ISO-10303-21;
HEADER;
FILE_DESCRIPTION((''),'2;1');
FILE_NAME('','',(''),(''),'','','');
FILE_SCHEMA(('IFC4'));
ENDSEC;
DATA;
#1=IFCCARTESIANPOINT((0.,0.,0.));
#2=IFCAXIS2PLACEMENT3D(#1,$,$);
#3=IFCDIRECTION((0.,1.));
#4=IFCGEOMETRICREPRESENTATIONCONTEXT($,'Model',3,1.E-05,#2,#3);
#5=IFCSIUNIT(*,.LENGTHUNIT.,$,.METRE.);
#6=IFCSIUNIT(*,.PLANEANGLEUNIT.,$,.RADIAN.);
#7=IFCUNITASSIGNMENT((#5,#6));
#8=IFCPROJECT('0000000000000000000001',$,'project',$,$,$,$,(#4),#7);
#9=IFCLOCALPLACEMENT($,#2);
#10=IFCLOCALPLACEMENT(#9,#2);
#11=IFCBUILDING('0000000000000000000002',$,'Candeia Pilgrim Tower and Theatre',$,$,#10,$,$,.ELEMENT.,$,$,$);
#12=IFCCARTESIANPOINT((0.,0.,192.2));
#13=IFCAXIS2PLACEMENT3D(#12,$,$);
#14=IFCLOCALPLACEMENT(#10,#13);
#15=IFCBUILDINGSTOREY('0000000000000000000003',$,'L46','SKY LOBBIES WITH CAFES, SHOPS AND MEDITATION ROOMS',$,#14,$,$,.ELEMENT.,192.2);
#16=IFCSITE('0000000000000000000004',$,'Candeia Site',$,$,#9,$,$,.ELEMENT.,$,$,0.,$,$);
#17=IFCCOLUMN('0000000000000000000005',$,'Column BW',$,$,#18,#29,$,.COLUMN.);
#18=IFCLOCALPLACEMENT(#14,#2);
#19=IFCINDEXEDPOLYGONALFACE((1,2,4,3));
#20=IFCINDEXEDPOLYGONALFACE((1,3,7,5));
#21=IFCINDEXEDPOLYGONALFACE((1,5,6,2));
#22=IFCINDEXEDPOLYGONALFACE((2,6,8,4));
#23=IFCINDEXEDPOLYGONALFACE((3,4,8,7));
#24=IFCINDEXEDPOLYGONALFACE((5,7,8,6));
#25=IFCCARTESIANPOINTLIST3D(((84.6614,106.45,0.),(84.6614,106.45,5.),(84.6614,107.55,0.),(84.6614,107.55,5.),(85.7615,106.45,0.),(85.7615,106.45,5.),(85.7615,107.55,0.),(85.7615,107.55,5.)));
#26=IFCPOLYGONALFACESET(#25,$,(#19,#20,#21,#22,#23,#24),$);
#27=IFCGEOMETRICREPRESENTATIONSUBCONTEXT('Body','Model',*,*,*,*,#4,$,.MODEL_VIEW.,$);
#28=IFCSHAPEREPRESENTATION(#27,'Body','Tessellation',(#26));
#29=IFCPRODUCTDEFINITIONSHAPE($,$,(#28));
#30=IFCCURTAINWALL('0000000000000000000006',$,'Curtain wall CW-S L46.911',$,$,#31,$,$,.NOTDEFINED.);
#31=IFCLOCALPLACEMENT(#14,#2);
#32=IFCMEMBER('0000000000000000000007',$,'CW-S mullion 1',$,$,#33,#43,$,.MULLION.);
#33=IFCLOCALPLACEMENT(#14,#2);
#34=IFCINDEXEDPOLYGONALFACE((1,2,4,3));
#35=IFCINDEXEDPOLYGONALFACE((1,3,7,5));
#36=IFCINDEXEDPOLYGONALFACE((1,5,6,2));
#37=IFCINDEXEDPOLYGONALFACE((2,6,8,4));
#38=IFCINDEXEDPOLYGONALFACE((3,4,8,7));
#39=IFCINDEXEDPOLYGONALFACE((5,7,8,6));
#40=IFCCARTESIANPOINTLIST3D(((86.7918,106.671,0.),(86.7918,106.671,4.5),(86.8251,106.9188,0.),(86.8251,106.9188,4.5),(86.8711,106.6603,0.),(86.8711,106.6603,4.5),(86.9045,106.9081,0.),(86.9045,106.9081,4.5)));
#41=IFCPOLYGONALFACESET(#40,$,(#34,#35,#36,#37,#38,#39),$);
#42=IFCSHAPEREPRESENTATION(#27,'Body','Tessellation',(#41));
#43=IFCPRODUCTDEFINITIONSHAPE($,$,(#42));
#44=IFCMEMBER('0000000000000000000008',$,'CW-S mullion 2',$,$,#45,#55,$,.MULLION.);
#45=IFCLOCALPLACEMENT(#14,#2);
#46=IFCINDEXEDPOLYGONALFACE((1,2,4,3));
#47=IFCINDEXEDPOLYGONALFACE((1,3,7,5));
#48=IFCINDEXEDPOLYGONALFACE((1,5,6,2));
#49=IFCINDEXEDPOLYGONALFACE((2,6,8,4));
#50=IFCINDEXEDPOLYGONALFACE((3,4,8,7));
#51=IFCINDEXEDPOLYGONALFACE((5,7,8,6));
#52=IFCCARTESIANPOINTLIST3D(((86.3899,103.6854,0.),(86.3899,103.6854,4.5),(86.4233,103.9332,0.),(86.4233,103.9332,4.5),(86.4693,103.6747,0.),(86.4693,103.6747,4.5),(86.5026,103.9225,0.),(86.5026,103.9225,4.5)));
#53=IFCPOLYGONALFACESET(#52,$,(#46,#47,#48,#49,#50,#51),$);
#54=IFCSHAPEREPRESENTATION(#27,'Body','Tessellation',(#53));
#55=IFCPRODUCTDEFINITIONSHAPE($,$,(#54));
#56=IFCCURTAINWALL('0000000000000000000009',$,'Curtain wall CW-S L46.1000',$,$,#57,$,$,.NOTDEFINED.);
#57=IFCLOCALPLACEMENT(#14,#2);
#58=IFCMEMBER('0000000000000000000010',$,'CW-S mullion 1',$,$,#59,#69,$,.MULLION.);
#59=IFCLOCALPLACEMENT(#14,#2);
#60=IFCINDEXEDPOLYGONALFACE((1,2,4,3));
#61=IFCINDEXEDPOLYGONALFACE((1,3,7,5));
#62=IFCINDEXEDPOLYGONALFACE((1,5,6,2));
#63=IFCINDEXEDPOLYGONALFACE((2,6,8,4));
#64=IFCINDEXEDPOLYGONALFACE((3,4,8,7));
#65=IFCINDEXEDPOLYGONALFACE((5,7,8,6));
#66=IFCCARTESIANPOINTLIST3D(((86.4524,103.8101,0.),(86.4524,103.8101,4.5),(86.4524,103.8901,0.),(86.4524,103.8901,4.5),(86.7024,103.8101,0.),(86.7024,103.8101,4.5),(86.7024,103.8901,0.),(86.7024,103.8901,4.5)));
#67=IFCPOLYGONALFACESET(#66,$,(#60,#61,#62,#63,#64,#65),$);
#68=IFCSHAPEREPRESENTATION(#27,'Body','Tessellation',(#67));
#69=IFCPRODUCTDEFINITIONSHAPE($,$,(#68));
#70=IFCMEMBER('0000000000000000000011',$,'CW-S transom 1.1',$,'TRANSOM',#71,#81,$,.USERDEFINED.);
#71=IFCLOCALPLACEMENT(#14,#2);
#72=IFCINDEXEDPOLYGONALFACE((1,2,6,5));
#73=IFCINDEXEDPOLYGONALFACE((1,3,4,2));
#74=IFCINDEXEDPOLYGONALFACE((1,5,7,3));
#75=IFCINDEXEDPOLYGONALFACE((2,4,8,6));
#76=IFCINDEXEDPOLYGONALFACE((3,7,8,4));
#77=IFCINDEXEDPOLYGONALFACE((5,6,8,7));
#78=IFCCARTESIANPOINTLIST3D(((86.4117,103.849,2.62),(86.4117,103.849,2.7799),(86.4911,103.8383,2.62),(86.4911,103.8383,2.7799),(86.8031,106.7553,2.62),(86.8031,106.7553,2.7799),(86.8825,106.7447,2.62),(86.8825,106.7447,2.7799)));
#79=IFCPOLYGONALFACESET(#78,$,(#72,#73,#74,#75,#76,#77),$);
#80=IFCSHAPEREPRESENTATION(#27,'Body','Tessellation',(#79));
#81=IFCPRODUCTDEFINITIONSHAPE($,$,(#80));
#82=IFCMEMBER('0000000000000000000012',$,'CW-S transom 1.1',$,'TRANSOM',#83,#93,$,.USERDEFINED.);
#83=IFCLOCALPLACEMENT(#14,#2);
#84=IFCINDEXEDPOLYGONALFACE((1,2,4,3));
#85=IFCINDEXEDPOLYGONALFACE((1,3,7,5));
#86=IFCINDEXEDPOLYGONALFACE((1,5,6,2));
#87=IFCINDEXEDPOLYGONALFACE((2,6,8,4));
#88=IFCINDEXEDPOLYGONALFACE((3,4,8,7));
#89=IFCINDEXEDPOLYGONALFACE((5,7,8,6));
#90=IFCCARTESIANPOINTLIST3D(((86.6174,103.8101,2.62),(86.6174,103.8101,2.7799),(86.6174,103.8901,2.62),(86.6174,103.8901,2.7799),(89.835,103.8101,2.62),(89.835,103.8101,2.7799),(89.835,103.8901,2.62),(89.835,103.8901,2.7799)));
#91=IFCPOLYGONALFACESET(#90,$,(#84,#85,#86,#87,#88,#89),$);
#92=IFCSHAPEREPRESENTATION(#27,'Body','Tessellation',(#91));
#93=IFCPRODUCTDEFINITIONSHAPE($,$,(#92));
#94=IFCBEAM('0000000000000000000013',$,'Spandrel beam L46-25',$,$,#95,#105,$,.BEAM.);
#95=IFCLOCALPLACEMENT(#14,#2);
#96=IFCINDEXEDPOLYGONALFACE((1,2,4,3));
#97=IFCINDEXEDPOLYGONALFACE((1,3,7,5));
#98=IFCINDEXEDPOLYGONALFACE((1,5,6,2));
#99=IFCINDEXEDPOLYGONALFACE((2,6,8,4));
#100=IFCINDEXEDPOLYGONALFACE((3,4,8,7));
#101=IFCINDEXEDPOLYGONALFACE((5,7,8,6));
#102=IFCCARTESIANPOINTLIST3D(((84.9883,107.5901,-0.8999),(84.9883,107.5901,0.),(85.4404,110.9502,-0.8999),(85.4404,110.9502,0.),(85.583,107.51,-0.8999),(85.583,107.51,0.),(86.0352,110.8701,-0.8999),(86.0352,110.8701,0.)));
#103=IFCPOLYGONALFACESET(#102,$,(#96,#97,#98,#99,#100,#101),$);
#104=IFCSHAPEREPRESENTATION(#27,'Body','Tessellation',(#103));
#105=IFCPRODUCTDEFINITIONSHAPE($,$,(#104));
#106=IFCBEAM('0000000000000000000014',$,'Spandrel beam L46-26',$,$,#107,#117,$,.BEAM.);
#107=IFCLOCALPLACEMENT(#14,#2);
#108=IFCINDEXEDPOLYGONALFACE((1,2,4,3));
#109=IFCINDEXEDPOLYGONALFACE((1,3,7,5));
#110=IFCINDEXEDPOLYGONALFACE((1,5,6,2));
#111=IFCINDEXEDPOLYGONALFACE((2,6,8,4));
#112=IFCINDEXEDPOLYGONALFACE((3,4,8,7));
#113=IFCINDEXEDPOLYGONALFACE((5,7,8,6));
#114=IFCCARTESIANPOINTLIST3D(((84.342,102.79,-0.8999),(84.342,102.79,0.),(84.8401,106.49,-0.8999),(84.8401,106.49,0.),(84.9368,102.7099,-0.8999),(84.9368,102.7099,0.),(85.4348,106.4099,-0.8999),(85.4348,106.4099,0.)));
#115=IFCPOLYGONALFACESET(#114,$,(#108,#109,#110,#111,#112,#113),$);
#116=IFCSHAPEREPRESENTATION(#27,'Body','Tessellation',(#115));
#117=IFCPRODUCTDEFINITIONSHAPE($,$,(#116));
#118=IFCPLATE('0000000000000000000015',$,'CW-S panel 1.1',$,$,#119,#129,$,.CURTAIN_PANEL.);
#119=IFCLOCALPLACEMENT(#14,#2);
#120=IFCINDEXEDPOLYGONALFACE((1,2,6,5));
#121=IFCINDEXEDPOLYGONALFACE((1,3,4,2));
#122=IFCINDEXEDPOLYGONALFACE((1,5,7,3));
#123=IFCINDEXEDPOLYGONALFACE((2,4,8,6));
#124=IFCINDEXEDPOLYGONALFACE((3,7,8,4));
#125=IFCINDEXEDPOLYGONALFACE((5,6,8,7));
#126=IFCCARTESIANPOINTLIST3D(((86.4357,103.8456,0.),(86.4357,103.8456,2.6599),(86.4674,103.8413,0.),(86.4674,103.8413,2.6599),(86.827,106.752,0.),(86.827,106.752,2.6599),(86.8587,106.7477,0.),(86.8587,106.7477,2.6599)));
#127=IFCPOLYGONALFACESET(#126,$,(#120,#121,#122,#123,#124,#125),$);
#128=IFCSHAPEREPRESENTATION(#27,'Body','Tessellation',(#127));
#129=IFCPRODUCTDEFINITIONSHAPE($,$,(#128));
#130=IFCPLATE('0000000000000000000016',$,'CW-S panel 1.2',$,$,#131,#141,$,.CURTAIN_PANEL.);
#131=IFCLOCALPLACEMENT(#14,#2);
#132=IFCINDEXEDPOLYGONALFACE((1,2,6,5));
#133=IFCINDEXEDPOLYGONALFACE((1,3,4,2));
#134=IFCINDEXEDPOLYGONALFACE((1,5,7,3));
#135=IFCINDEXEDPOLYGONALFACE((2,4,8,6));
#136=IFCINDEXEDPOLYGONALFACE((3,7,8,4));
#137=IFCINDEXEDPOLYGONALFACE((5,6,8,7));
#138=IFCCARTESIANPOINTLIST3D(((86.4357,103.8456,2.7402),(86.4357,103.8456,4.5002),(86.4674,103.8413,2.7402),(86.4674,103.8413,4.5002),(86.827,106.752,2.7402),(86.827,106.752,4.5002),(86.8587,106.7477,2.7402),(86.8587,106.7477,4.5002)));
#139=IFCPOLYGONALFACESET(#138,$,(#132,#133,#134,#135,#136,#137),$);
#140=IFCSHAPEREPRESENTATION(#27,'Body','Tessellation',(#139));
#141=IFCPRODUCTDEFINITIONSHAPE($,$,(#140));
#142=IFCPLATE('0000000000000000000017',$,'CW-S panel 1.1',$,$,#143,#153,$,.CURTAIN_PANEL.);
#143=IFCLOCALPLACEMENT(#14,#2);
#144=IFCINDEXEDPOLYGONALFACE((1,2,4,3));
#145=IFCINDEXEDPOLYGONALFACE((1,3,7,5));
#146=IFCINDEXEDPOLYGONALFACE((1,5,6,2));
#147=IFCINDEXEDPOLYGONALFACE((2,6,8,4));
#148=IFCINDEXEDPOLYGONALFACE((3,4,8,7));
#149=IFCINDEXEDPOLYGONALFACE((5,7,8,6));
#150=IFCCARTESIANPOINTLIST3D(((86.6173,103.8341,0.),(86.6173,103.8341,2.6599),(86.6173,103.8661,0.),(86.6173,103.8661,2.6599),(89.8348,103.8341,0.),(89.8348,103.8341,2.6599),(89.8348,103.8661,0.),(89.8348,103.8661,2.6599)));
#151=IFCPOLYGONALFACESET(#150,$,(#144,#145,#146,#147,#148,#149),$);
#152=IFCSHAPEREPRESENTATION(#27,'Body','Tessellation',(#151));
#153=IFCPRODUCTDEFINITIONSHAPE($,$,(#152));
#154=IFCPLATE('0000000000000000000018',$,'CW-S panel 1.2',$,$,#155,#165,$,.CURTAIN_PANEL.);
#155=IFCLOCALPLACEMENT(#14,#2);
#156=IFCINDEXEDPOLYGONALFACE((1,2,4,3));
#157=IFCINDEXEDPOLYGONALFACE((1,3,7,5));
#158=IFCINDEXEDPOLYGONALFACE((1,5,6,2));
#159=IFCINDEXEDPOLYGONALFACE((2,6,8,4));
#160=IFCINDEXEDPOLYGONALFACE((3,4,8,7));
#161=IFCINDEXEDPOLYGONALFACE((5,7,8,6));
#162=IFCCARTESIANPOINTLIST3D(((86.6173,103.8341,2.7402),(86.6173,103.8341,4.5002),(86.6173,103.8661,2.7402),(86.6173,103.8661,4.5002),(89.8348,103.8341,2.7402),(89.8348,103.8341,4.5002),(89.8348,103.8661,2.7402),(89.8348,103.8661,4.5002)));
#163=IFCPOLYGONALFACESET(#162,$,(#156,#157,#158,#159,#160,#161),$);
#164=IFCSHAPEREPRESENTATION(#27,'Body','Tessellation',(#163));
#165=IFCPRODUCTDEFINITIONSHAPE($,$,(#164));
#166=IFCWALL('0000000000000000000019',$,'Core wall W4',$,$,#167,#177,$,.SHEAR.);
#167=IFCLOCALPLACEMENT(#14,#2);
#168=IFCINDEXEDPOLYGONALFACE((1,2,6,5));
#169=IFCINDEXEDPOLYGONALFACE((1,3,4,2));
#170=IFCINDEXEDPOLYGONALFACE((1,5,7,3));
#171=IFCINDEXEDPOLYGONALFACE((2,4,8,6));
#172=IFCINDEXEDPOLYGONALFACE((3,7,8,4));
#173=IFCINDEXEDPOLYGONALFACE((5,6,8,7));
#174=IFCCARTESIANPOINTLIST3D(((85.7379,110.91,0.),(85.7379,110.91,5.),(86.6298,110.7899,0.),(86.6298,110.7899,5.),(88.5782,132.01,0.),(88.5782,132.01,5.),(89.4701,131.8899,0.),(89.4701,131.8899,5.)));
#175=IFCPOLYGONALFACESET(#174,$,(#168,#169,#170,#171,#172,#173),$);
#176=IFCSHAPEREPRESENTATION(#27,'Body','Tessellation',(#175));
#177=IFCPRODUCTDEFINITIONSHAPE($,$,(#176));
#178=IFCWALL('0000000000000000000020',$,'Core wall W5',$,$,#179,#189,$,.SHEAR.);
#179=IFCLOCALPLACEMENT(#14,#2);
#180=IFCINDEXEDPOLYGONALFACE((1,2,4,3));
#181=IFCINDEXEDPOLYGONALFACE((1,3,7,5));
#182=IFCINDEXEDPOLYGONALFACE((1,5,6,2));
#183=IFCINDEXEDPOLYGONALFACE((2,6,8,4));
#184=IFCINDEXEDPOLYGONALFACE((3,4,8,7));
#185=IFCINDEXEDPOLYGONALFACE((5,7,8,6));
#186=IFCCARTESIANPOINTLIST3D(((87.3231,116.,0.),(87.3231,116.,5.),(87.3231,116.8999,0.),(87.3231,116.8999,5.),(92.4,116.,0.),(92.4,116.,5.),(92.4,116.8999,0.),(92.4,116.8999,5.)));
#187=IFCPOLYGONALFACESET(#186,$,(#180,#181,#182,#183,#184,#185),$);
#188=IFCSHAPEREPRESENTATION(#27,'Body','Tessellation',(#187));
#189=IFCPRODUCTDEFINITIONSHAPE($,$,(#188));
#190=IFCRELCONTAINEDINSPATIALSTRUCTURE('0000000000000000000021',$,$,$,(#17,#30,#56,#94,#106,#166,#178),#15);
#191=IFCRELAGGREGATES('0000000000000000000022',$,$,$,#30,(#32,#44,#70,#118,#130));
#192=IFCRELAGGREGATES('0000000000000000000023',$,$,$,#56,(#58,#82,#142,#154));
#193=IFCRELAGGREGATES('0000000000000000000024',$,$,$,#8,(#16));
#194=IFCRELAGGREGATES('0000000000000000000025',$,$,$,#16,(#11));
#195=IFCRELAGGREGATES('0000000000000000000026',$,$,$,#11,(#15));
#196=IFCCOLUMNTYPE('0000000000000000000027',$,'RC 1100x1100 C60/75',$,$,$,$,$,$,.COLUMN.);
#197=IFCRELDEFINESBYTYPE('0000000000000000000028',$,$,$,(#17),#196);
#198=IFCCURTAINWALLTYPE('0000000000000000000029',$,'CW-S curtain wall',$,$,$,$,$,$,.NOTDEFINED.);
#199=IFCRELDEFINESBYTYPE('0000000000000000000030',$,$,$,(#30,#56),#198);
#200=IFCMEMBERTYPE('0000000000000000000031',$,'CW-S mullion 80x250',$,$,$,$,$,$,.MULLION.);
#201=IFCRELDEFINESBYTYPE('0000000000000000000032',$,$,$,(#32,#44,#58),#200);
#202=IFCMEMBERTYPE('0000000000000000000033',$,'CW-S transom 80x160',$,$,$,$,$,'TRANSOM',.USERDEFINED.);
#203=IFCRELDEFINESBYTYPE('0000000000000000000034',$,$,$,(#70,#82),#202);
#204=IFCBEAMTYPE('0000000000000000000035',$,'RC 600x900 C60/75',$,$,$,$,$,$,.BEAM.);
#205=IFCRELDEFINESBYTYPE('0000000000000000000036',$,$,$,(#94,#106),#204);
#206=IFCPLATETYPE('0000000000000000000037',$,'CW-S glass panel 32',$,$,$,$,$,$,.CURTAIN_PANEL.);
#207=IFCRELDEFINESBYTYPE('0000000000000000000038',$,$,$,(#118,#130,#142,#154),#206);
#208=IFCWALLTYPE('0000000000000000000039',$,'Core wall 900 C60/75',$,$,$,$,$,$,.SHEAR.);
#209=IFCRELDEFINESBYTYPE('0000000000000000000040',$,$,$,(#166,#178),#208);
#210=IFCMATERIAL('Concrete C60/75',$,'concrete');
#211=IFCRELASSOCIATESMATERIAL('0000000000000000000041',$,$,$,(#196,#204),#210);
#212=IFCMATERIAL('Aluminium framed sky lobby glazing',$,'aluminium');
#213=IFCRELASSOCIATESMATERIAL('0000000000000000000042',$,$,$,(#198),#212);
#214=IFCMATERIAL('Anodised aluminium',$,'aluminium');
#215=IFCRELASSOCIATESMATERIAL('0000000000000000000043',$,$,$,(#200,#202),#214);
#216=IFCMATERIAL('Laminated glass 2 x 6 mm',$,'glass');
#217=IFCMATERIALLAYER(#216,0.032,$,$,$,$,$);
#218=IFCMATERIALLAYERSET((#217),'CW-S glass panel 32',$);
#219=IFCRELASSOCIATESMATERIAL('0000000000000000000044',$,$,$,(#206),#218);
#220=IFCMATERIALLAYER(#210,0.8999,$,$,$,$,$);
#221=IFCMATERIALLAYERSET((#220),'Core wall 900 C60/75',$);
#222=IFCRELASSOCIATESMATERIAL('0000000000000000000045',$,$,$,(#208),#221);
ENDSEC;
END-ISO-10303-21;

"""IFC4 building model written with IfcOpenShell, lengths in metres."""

from ifc_helpers import new_model, si_unit, direction, frame, frame_2d, origin, origin_2d, place, context, subcontext, project, spatial, rectangle, extrude, material, layer, layer_set, material_profile, profile_set, type_object, element, aggregate, save


model = new_model("IFC4")

# Units and contexts
model_context = context("Model", 3, precision=1e-05, world=origin(), true_north=direction((0.0, 1.0)))
body_context = subcontext(model_context, "Body", "Model", "MODEL_VIEW")
ifc_project = project(units=[si_unit("LENGTHUNIT", "METRE"), si_unit("PLANEANGLEUNIT", "RADIAN")], contexts=[model_context])

# Site, building, storey
site_placement = place(None, origin())
site = spatial("IfcSite", under=ifc_project, at=site_placement, Name="Candeia Site", CompositionType="ELEMENT", RefElevation=0.0)
building_placement = place(site_placement, origin())
building = spatial("IfcBuilding", under=site, at=building_placement, Name="Candeia Pilgrim Tower and Theatre", CompositionType="ELEMENT")
storey_placement = place(building_placement, frame((0.0, 0.0, 192.2)))
storey = spatial("IfcBuildingStorey", under=building, at=storey_placement, Name="L46", Description="SKY LOBBIES WITH CAFES, SHOPS AND MEDITATION ROOMS", CompositionType="ELEMENT", Elevation=192.2)

# Column
ifc_material_1 = material(Name="Concrete C60/75", Category="concrete")
ifc_material_profile_1 = material_profile(ifc_material_1, rectangle(XDim=1.1001, YDim=1.1001, at=origin_2d()))
ifc_profile_set_1 = profile_set([ifc_material_profile_1], Name="Concrete C60/75")
column_type = type_object("IfcColumnType", Name="RC 1100x1100 C60/75", PredefinedType="COLUMN", material=ifc_profile_set_1)
column_placement = place(storey_placement, frame((85.2114, 107.0, 0.0), z_axis=(0.0, 0.0, 1.0), x_axis=(1.0, 0.0, 0.0)))
element("IfcColumn", 1, at=column_placement, inside=storey, type_object=column_type, Name="Column BW", PredefinedType="COLUMN", context=body_context, shape_type="SweptSolid", body=[
    extrude(rectangle(XDim=1.1001, YDim=1.1001, at=origin_2d()), origin(), (0.0, 0.0, 1.0), 5.0),
])

# Curtain wall, members
ifc_material_2 = material(Name="Aluminium framed sky lobby glazing", Category="aluminium")
curtain_wall_type = type_object("IfcCurtainWallType", Name="CW-S curtain wall", PredefinedType="NOTDEFINED", material=ifc_material_2)
curtain_wall_1_placement = place(storey_placement, origin())
curtain_wall_1 = element("IfcCurtainWall", 2, at=curtain_wall_1_placement, inside=storey, type_object=curtain_wall_type, Name="Curtain wall CW-S L46.911", PredefinedType="NOTDEFINED")
ifc_material_3 = material(Name="Anodised aluminium", Category="aluminium")
ifc_material_profile_2 = material_profile(ifc_material_3, rectangle(XDim=0.0801, YDim=0.25, at=origin_2d()))
ifc_profile_set_2 = profile_set([ifc_material_profile_2], Name="Anodised aluminium")
member_type_1 = type_object("IfcMemberType", Name="CW-S mullion 80x250", PredefinedType="MULLION", material=ifc_profile_set_2)
member_1_placement = place(storey_placement, frame((86.8481, 106.7896, 0.0), z_axis=(0.0, 0.0, 1.0), x_axis=(0.991061, -0.133412, 0.0)))
member_1 = element("IfcMember", 3, at=member_1_placement, type_object=member_type_1, Name="CW-S mullion 1", PredefinedType="MULLION", context=body_context, shape_type="SweptSolid", body=[
    extrude(rectangle(XDim=0.0801, YDim=0.25, at=origin_2d()), origin(), (0.0, 0.0, 1.0), 4.5),
])
member_2_placement = place(storey_placement, frame((86.4463, 103.804, 0.0), z_axis=(0.0, 0.0, 1.0), x_axis=(0.991061, -0.133412, 0.0)))
member_2 = element("IfcMember", 4, at=member_2_placement, type_object=member_type_1, Name="CW-S mullion 2", PredefinedType="MULLION", context=body_context, shape_type="SweptSolid", body=[
    extrude(rectangle(XDim=0.0801, YDim=0.25, at=origin_2d()), origin(), (0.0, 0.0, 1.0), 4.5),
])

# Curtain wall, member
curtain_wall_2_placement = place(storey_placement, origin())
curtain_wall_2 = element("IfcCurtainWall", 5, at=curtain_wall_2_placement, inside=storey, type_object=curtain_wall_type, Name="Curtain wall CW-S L46.1000", PredefinedType="NOTDEFINED")
member_3_placement = place(storey_placement, frame((86.5774, 103.8501, 0.0), z_axis=(0.0, 0.0, 1.0), x_axis=(0.0, 1.0, 0.0)))
member_3 = element("IfcMember", 6, at=member_3_placement, type_object=member_type_1, Name="CW-S mullion 1", PredefinedType="MULLION", context=body_context, shape_type="SweptSolid", body=[
    extrude(rectangle(XDim=0.0801, YDim=0.25, at=origin_2d()), origin(), (0.0, 0.0, 1.0), 4.5),
])

# Members
ifc_material_profile_3 = material_profile(ifc_material_3, rectangle(XDim=0.0801, YDim=0.1599, at=origin_2d()))
ifc_profile_set_3 = profile_set([ifc_material_profile_3], Name="Anodised aluminium")
member_type_2 = type_object("IfcMemberType", Name="CW-S transom 80x160", ElementType="TRANSOM", PredefinedType="USERDEFINED", material=ifc_profile_set_3)
member_4_placement = place(storey_placement, frame((86.8428, 106.75, 2.7), z_axis=(-0.133445, -0.991056, 0.0), x_axis=(0.991056, -0.133445, 0.0)))
member_4 = element("IfcMember", 7, at=member_4_placement, type_object=member_type_2, Name="CW-S transom 1.1", ObjectType="TRANSOM", PredefinedType="USERDEFINED", context=body_context, shape_type="SweptSolid", body=[
    extrude(rectangle(XDim=0.0801, YDim=0.1599, at=origin_2d()), origin(), (0.0, 0.0, 1.0), 2.9326),
])
member_5_placement = place(storey_placement, frame((86.6174, 103.8501, 2.7), z_axis=(1.0, 0.0, 0.0), x_axis=(0.0, 1.0, 0.0)))
member_5 = element("IfcMember", 8, at=member_5_placement, type_object=member_type_2, Name="CW-S transom 1.1", ObjectType="TRANSOM", PredefinedType="USERDEFINED", context=body_context, shape_type="SweptSolid", body=[
    extrude(rectangle(XDim=0.0801, YDim=0.1599, at=origin_2d()), origin(), (0.0, 0.0, 1.0), 3.2175),
])

# Beams
ifc_material_profile_4 = material_profile(ifc_material_1, rectangle(XDim=0.6001, YDim=0.8999, at=origin_2d()))
ifc_profile_set_4 = profile_set([ifc_material_profile_4], Name="Concrete C60/75")
beam_type = type_object("IfcBeamType", Name="RC 600x900 C60/75", PredefinedType="BEAM", material=ifc_profile_set_4)
beam_1_placement = place(storey_placement, frame((85.7378, 110.9102, -0.45), z_axis=(-0.133362, -0.991067, 0.0), x_axis=(0.991067, -0.133362, 0.0)))
element("IfcBeam", 9, at=beam_1_placement, inside=storey, type_object=beam_type, Name="Spandrel beam L46-25", PredefinedType="BEAM", context=body_context, shape_type="SweptSolid", body=[
    extrude(rectangle(XDim=0.6001, YDim=0.8999, at=origin_2d()), origin(), (0.0, 0.0, 1.0), 3.3904),
])
beam_2_placement = place(storey_placement, frame((85.1375, 106.45, -0.45), z_axis=(-0.133406, -0.991061, 0.0), x_axis=(0.991061, -0.133406, 0.0)))
element("IfcBeam", 10, at=beam_2_placement, inside=storey, type_object=beam_type, Name="Spandrel beam L46-26", PredefinedType="BEAM", context=body_context, shape_type="SweptSolid", body=[
    extrude(rectangle(XDim=0.6001, YDim=0.8999, at=origin_2d()), origin(), (0.0, 0.0, 1.0), 3.7334),
])

# Plates
ifc_material_4 = material(Name="Laminated glass 2 x 6 mm", Category="glass")
ifc_layer_1 = layer(ifc_material_4, 0.032)
ifc_layer_set_1 = layer_set([ifc_layer_1], Name="CW-S glass panel 32")
plate_type = type_object("IfcPlateType", Name="CW-S glass panel 32", PredefinedType="CURTAIN_PANEL", material=ifc_layer_set_1)
plate_1_placement = place(storey_placement, frame((86.6472, 105.2966, 0.0), z_axis=(0.0, 0.0, 1.0), x_axis=(-0.133412, -0.991061, 0.0)))
plate_1 = element("IfcPlate", 11, at=plate_1_placement, type_object=plate_type, Name="CW-S panel 1.1", PredefinedType="CURTAIN_PANEL", context=body_context, shape_type="SweptSolid", body=[
    extrude(rectangle(XDim=2.9326, YDim=0.032, at=origin_2d()), origin(), (0.0, 0.0, 1.0), 2.6599),
])
plate_2_placement = place(storey_placement, frame((86.6472, 105.2966, 2.7402), z_axis=(0.0, 0.0, 1.0), x_axis=(-0.133412, -0.991061, 0.0)))
plate_2 = element("IfcPlate", 12, at=plate_2_placement, type_object=plate_type, Name="CW-S panel 1.2", PredefinedType="CURTAIN_PANEL", context=body_context, shape_type="SweptSolid", body=[
    extrude(rectangle(XDim=2.9326, YDim=0.032, at=origin_2d()), origin(), (0.0, 0.0, 1.0), 1.76),
])
aggregate(curtain_wall_1, [member_1, member_2, member_4, plate_1, plate_2])
plate_3_placement = place(storey_placement, frame((88.2261, 103.8501, 0.0), z_axis=(0.0, 0.0, 1.0), x_axis=(1.0, 0.0, 0.0)))
plate_3 = element("IfcPlate", 13, at=plate_3_placement, type_object=plate_type, Name="CW-S panel 1.1", PredefinedType="CURTAIN_PANEL", context=body_context, shape_type="SweptSolid", body=[
    extrude(rectangle(XDim=3.2175, YDim=0.032, at=origin_2d()), origin(), (0.0, 0.0, 1.0), 2.6599),
])
plate_4_placement = place(storey_placement, frame((88.2261, 103.8501, 2.7402), z_axis=(0.0, 0.0, 1.0), x_axis=(1.0, 0.0, 0.0)))
plate_4 = element("IfcPlate", 14, at=plate_4_placement, type_object=plate_type, Name="CW-S panel 1.2", PredefinedType="CURTAIN_PANEL", context=body_context, shape_type="SweptSolid", body=[
    extrude(rectangle(XDim=3.2175, YDim=0.032, at=origin_2d()), origin(), (0.0, 0.0, 1.0), 1.76),
])
aggregate(curtain_wall_2, [member_3, member_5, plate_3, plate_4])

# Walls
ifc_layer_2 = layer(ifc_material_1, 0.8999)
ifc_layer_set_2 = layer_set([ifc_layer_2], Name="Core wall 900 C60/75")
wall_type_1 = type_object("IfcWallType", Name="Core wall 900 C60/75", PredefinedType="SHEAR", material=ifc_layer_set_2)
wall_1_placement = place(storey_placement, frame((86.1838, 110.8501, 0.0), z_axis=(0.0, 0.0, 1.0), x_axis=(0.13341, 0.991061, 0.0)))
element("IfcWall", 15, at=wall_1_placement, inside=storey, type_object=wall_type_1, Name="Core wall W4", PredefinedType="SHEAR", context=body_context, shape_type="SweptSolid", body=[
    extrude(rectangle(XDim=21.2903, YDim=0.8999, at=frame_2d((10.645, 0.0))), origin(), (0.0, 0.0, 1.0), 5.0),
])
wall_2_placement = place(storey_placement, frame((87.323, 116.45, 0.0), z_axis=(0.0, 0.0, 1.0), x_axis=(1.0, 0.0, 0.0)))
element("IfcWall", 16, at=wall_2_placement, inside=storey, type_object=wall_type_1, Name="Core wall W5", PredefinedType="SHEAR", context=body_context, shape_type="SweptSolid", body=[
    extrude(rectangle(XDim=5.0769, YDim=0.8999, at=frame_2d((2.5386, 0.0))), origin(), (0.0, 0.0, 1.0), 5.0),
])

save(model, "model.ifc")
